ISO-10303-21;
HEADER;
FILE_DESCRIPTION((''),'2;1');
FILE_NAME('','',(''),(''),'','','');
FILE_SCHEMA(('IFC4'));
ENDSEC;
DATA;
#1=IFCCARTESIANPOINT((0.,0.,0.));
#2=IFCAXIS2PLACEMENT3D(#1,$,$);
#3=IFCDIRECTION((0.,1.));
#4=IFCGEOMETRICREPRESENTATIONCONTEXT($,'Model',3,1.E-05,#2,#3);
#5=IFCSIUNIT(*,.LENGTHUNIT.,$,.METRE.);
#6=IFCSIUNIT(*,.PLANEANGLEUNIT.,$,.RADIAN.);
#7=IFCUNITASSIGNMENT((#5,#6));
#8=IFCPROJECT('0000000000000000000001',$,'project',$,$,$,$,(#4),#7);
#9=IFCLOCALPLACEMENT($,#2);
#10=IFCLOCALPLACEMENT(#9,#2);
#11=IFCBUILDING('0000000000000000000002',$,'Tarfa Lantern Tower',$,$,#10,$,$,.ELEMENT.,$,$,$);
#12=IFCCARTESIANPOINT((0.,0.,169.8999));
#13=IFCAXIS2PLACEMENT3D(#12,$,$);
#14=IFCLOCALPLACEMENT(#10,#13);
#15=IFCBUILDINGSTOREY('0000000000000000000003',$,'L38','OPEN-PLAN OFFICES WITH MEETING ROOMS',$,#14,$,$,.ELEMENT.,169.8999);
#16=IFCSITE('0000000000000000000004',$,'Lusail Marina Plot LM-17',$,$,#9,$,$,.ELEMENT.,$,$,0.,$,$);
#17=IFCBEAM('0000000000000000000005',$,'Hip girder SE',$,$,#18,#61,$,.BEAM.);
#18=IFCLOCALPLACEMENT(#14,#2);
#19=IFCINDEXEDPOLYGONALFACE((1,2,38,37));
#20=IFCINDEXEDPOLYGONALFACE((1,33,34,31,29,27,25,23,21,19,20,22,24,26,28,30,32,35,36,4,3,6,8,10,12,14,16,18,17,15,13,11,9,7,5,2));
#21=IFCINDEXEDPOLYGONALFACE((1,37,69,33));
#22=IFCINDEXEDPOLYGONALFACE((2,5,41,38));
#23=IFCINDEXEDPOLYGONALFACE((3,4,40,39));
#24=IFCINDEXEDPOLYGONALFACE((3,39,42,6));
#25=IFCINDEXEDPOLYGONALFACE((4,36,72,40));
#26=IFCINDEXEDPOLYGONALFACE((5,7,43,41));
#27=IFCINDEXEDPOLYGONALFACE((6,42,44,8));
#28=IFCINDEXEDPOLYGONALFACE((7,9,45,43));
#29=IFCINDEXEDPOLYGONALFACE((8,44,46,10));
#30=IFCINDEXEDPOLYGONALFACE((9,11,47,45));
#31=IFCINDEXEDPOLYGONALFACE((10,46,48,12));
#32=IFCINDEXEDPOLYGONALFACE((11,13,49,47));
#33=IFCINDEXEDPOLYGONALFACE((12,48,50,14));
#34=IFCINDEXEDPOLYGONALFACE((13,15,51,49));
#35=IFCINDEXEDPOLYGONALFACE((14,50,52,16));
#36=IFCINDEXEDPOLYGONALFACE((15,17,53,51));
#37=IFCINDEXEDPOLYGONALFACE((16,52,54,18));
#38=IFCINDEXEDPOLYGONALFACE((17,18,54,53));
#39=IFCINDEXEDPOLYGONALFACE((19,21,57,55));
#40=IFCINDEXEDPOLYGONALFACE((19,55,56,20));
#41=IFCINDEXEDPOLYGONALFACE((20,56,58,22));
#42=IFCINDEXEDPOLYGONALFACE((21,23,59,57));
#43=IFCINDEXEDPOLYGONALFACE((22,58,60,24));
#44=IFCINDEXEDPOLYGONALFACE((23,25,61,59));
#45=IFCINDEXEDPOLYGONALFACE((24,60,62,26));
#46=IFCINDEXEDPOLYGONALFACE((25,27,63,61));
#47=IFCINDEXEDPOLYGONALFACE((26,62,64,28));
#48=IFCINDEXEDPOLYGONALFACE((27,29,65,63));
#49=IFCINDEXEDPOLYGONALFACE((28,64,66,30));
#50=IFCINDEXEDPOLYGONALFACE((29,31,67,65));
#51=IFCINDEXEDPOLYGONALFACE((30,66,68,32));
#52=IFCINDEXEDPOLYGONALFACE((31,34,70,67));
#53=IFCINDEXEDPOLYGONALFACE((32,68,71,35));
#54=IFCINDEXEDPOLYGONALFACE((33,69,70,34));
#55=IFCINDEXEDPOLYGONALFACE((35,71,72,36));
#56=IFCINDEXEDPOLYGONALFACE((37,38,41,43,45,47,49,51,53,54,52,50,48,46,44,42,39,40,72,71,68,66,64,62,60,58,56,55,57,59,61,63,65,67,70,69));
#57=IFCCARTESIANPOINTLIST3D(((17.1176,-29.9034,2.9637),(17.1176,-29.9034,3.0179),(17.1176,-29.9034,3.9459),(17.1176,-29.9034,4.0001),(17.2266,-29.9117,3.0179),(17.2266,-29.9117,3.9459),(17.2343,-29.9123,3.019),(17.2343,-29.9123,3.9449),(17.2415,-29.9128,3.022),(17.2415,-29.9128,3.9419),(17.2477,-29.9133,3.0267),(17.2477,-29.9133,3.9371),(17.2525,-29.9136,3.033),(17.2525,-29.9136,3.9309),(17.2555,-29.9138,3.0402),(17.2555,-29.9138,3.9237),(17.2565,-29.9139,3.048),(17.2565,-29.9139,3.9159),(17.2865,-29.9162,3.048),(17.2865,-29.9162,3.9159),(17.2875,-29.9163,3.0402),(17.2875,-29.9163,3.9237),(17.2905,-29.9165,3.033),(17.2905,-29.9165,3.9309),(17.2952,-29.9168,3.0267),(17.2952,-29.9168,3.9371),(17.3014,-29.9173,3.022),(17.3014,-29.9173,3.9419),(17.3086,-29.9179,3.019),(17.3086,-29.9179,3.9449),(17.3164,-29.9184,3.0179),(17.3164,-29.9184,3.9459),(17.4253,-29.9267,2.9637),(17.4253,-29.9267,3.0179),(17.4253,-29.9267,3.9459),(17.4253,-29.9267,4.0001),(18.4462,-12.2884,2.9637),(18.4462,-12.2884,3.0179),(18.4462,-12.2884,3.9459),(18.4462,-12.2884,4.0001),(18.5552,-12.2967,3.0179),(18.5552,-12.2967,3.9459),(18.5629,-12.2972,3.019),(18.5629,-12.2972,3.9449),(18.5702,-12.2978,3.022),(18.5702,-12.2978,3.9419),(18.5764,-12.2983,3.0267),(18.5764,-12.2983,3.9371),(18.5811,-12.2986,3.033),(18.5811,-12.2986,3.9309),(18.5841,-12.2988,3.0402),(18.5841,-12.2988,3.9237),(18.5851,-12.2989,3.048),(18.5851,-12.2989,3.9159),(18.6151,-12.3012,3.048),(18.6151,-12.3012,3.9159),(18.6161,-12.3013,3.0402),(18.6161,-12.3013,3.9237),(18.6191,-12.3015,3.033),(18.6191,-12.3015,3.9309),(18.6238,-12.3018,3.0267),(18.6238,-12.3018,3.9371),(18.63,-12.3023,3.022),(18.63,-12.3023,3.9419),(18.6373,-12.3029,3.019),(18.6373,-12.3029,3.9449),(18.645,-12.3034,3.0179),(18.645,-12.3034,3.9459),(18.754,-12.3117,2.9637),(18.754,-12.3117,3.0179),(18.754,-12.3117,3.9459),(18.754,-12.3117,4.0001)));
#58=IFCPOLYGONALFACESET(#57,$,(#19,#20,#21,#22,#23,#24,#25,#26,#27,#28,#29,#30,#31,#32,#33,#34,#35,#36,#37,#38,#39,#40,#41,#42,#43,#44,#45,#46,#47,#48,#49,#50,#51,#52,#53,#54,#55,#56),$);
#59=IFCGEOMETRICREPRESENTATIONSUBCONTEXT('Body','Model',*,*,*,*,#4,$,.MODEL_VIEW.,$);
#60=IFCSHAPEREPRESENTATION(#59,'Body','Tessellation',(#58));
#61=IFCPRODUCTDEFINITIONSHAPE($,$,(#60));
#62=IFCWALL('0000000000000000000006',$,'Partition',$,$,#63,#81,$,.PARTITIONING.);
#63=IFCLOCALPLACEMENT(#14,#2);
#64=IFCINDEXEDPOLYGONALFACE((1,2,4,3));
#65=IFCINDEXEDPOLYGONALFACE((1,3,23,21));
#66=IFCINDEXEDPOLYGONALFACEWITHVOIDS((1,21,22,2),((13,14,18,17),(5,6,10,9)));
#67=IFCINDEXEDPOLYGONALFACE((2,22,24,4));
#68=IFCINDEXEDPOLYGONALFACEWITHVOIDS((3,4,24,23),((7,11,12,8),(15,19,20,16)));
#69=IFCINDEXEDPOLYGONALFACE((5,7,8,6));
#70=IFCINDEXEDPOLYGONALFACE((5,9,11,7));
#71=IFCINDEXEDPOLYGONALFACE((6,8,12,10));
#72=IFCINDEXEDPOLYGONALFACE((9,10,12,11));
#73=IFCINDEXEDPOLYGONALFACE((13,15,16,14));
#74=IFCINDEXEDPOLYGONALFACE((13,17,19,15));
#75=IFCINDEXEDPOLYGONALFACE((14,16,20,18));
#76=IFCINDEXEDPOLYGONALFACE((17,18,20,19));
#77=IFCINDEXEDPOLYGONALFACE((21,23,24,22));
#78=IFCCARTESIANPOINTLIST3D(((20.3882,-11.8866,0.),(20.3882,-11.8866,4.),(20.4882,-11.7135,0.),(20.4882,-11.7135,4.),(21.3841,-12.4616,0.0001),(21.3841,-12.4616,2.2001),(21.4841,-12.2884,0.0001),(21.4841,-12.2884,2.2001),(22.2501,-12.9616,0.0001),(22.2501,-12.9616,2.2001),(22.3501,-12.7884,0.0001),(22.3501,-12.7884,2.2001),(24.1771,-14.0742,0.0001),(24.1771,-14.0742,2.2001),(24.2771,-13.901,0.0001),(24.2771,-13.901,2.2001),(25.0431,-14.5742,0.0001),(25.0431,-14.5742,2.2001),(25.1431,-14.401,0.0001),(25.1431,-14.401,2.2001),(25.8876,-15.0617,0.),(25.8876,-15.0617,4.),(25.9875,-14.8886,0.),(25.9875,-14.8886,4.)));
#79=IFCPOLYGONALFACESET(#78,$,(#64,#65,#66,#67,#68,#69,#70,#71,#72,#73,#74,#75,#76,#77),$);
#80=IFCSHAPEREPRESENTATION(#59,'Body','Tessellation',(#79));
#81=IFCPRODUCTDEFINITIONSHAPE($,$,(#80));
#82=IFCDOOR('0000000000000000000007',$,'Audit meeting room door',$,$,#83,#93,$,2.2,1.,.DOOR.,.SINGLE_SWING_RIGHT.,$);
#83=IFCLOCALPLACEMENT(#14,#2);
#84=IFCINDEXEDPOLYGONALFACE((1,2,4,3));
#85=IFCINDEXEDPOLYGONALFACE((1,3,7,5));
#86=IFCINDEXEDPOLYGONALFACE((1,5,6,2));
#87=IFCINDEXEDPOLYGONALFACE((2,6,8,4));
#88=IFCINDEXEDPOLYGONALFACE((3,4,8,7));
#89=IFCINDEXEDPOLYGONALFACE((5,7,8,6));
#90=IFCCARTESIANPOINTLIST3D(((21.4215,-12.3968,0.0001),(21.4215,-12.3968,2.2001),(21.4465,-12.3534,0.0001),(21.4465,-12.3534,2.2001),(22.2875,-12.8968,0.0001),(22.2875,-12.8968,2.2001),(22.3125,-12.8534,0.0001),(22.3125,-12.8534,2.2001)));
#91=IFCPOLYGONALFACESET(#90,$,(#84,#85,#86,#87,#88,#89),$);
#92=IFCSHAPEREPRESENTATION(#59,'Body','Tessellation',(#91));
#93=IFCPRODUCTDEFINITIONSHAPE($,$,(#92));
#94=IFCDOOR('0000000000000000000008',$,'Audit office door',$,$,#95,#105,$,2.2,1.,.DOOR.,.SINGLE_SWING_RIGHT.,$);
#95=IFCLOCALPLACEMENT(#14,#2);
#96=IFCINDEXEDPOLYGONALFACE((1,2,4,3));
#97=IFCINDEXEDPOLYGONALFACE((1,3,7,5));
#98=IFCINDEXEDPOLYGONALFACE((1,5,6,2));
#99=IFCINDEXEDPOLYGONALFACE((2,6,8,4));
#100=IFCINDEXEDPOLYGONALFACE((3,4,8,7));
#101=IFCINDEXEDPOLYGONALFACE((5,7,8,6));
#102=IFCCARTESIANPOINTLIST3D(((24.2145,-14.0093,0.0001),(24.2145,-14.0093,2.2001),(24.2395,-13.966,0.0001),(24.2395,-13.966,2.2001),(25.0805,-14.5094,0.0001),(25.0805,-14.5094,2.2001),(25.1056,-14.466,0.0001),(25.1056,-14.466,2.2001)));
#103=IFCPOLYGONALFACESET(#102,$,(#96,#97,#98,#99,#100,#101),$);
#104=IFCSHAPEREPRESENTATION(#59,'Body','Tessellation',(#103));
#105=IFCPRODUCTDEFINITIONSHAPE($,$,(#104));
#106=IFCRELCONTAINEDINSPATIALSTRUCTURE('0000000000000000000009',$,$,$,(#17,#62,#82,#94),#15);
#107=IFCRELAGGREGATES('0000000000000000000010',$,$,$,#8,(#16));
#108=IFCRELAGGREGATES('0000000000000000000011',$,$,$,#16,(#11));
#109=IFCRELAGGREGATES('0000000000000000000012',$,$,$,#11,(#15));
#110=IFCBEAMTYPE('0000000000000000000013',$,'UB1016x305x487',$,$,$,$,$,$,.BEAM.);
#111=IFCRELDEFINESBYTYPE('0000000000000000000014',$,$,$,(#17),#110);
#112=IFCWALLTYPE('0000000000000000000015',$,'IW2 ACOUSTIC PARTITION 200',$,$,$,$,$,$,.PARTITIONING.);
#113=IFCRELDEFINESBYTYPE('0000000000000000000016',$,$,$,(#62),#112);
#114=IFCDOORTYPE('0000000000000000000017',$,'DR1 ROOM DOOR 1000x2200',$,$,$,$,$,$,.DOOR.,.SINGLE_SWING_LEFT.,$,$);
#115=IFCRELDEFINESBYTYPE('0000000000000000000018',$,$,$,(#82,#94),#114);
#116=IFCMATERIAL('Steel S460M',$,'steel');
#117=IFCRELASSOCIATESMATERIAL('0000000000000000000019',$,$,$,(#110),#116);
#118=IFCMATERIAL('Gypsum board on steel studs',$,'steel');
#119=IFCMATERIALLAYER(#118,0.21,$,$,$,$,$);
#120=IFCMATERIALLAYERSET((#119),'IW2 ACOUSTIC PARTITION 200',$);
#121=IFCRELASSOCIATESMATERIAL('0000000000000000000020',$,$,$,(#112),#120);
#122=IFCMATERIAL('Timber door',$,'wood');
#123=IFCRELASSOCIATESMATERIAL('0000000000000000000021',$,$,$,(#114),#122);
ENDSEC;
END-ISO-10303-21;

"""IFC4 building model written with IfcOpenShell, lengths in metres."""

from ifc_helpers import new_model, si_unit, direction, frame, frame_2d, origin, origin_2d, place, context, subcontext, project, spatial, rectangle, i_section, extrude, material, layer, layer_set, material_profile, profile_set, type_object, element, fill, save


model = new_model("IFC4")

# Units and contexts
model_context = context("Model", 3, precision=1e-05, world=origin(), true_north=direction((0.0, 1.0)))
body_context = subcontext(model_context, "Body", "Model", "MODEL_VIEW")
ifc_project = project(units=[si_unit("LENGTHUNIT", "METRE"), si_unit("PLANEANGLEUNIT", "RADIAN")], contexts=[model_context])

# Site, building, storey
site_placement = place(None, origin())
site = spatial("IfcSite", under=ifc_project, at=site_placement, Name="Lusail Marina Plot LM-17", CompositionType="ELEMENT", RefElevation=0.0)
building_placement = place(site_placement, origin())
building = spatial("IfcBuilding", under=site, at=building_placement, Name="Tarfa Lantern Tower", CompositionType="ELEMENT")
storey_placement = place(building_placement, frame((0.0, 0.0, 169.8999)))
storey = spatial("IfcBuildingStorey", under=building, at=storey_placement, Name="L38", Description="OPEN-PLAN OFFICES WITH MEETING ROOMS", CompositionType="ELEMENT", Elevation=169.8999)

# Beam
ifc_material_1 = material(Name="Steel S460M", Category="steel")
ifc_material_profile = material_profile(ifc_material_1, i_section(OverallWidth=0.3086, OverallDepth=1.0364, WebThickness=0.03, FlangeThickness=0.0542, FilletRadius=0.03, at=origin_2d()), Name="UB1016x305x487")
ifc_profile_set = profile_set([ifc_material_profile], Name="Steel S460M")
beam_type = type_object("IfcBeamType", Name="UB1016x305x487", PredefinedType="BEAM", material=ifc_profile_set)
beam_placement = place(storey_placement, frame((18.6001, -12.3, 3.4819), z_axis=(-0.075212, -0.997168, 0.0), x_axis=(0.997168, -0.075212, 0.0)))
element("IfcBeam", 1, at=beam_placement, inside=storey, type_object=beam_type, Name="Hip girder SE", PredefinedType="BEAM", context=body_context, shape_type="SweptSolid", body=[
    extrude(i_section(OverallWidth=0.3086, OverallDepth=1.0364, WebThickness=0.03, FlangeThickness=0.0542, FilletRadius=0.03, at=origin_2d()), origin(), (0.0, 0.0, 1.0), 17.665),
])

# Wall, openings, doors
ifc_material_2 = material(Name="Gypsum board on steel studs", Category="steel")
ifc_layer_1 = layer(ifc_material_2, 0.21)
ifc_layer_set_1 = layer_set([ifc_layer_1], Name="IW2 ACOUSTIC PARTITION 200")
wall_type_1 = type_object("IfcWallType", Name="IW2 ACOUSTIC PARTITION 200", PredefinedType="PARTITIONING", material=ifc_layer_set_1)
wall_1_placement = place(storey_placement, frame((20.4382, -11.8, 0.0), z_axis=(0.0, 0.0, 1.0), x_axis=(0.866022, -0.500005, 0.0)))
wall_1 = element("IfcWall", 2, at=wall_1_placement, inside=storey, type_object=wall_type_1, Name="Partition", PredefinedType="PARTITIONING", context=body_context, shape_type="SweptSolid", body=[
    extrude(rectangle(XDim=6.3501, YDim=0.2, at=frame_2d((3.175, 0.0))), origin(), (0.0, 0.0, 1.0), 4.0),
])
opening_1_placement = place(wall_1_placement, frame((1.1499, 0.0, 0.0)))
opening_1 = element("IfcOpeningElement", 3, at=opening_1_placement, cuts=wall_1, PredefinedType="OPENING", context=body_context, shape_type="SweptSolid", body=[
    extrude(rectangle(XDim=1.0, YDim=2.2, at=frame_2d((0.5, 1.1001))), frame((0.0, 0.1099, 0.0), z_axis=(0.0, -1.0, 0.0), x_axis=(1.0, 0.0, 0.0)), (0.0, 0.0, 1.0), 0.22),
])
opening_2_placement = place(wall_1_placement, frame((4.375, 0.0, 0.0)))
opening_2 = element("IfcOpeningElement", 4, at=opening_2_placement, cuts=wall_1, PredefinedType="OPENING", context=body_context, shape_type="SweptSolid", body=[
    extrude(rectangle(XDim=1.0, YDim=2.2, at=frame_2d((0.5, 1.1001))), frame((0.0, 0.1099, 0.0), z_axis=(0.0, -1.0, 0.0), x_axis=(1.0, 0.0, 0.0)), (0.0, 0.0, 1.0), 0.22),
])
ifc_material_3 = material(Name="Timber door", Category="wood")
door_type_1 = type_object("IfcDoorType", Name="DR1 ROOM DOOR 1000x2200", OperationType="SINGLE_SWING_LEFT", PredefinedType="DOOR", material=ifc_material_3)
door_1_placement = place(opening_1_placement, origin())
door_1 = element("IfcDoor", 5, at=door_1_placement, inside=storey, type_object=door_type_1, Name="Audit meeting room door", OperationType="SINGLE_SWING_RIGHT", OverallHeight=2.2, OverallWidth=1.0, PredefinedType="DOOR", context=body_context, shape_type="SweptSolid", body=[
    extrude(rectangle(XDim=1.0, YDim=2.2, at=frame_2d((0.5, 1.1001))), frame((0.0, 0.0249, 0.0), z_axis=(0.0, -1.0, 0.0), x_axis=(1.0, 0.0, 0.0)), (0.0, 0.0, 1.0), 0.05),
])
fill(opening_1, door_1)
door_2_placement = place(opening_2_placement, origin())
door_2 = element("IfcDoor", 6, at=door_2_placement, inside=storey, type_object=door_type_1, Name="Audit office door", OperationType="SINGLE_SWING_RIGHT", OverallHeight=2.2, OverallWidth=1.0, PredefinedType="DOOR", context=body_context, shape_type="SweptSolid", body=[
    extrude(rectangle(XDim=1.0, YDim=2.2, at=frame_2d((0.5, 1.1001))), frame((0.0, 0.0249, 0.0), z_axis=(0.0, -1.0, 0.0), x_axis=(1.0, 0.0, 0.0)), (0.0, 0.0, 1.0), 0.05),
])
fill(opening_2, door_2)

save(model, "model.ifc")
